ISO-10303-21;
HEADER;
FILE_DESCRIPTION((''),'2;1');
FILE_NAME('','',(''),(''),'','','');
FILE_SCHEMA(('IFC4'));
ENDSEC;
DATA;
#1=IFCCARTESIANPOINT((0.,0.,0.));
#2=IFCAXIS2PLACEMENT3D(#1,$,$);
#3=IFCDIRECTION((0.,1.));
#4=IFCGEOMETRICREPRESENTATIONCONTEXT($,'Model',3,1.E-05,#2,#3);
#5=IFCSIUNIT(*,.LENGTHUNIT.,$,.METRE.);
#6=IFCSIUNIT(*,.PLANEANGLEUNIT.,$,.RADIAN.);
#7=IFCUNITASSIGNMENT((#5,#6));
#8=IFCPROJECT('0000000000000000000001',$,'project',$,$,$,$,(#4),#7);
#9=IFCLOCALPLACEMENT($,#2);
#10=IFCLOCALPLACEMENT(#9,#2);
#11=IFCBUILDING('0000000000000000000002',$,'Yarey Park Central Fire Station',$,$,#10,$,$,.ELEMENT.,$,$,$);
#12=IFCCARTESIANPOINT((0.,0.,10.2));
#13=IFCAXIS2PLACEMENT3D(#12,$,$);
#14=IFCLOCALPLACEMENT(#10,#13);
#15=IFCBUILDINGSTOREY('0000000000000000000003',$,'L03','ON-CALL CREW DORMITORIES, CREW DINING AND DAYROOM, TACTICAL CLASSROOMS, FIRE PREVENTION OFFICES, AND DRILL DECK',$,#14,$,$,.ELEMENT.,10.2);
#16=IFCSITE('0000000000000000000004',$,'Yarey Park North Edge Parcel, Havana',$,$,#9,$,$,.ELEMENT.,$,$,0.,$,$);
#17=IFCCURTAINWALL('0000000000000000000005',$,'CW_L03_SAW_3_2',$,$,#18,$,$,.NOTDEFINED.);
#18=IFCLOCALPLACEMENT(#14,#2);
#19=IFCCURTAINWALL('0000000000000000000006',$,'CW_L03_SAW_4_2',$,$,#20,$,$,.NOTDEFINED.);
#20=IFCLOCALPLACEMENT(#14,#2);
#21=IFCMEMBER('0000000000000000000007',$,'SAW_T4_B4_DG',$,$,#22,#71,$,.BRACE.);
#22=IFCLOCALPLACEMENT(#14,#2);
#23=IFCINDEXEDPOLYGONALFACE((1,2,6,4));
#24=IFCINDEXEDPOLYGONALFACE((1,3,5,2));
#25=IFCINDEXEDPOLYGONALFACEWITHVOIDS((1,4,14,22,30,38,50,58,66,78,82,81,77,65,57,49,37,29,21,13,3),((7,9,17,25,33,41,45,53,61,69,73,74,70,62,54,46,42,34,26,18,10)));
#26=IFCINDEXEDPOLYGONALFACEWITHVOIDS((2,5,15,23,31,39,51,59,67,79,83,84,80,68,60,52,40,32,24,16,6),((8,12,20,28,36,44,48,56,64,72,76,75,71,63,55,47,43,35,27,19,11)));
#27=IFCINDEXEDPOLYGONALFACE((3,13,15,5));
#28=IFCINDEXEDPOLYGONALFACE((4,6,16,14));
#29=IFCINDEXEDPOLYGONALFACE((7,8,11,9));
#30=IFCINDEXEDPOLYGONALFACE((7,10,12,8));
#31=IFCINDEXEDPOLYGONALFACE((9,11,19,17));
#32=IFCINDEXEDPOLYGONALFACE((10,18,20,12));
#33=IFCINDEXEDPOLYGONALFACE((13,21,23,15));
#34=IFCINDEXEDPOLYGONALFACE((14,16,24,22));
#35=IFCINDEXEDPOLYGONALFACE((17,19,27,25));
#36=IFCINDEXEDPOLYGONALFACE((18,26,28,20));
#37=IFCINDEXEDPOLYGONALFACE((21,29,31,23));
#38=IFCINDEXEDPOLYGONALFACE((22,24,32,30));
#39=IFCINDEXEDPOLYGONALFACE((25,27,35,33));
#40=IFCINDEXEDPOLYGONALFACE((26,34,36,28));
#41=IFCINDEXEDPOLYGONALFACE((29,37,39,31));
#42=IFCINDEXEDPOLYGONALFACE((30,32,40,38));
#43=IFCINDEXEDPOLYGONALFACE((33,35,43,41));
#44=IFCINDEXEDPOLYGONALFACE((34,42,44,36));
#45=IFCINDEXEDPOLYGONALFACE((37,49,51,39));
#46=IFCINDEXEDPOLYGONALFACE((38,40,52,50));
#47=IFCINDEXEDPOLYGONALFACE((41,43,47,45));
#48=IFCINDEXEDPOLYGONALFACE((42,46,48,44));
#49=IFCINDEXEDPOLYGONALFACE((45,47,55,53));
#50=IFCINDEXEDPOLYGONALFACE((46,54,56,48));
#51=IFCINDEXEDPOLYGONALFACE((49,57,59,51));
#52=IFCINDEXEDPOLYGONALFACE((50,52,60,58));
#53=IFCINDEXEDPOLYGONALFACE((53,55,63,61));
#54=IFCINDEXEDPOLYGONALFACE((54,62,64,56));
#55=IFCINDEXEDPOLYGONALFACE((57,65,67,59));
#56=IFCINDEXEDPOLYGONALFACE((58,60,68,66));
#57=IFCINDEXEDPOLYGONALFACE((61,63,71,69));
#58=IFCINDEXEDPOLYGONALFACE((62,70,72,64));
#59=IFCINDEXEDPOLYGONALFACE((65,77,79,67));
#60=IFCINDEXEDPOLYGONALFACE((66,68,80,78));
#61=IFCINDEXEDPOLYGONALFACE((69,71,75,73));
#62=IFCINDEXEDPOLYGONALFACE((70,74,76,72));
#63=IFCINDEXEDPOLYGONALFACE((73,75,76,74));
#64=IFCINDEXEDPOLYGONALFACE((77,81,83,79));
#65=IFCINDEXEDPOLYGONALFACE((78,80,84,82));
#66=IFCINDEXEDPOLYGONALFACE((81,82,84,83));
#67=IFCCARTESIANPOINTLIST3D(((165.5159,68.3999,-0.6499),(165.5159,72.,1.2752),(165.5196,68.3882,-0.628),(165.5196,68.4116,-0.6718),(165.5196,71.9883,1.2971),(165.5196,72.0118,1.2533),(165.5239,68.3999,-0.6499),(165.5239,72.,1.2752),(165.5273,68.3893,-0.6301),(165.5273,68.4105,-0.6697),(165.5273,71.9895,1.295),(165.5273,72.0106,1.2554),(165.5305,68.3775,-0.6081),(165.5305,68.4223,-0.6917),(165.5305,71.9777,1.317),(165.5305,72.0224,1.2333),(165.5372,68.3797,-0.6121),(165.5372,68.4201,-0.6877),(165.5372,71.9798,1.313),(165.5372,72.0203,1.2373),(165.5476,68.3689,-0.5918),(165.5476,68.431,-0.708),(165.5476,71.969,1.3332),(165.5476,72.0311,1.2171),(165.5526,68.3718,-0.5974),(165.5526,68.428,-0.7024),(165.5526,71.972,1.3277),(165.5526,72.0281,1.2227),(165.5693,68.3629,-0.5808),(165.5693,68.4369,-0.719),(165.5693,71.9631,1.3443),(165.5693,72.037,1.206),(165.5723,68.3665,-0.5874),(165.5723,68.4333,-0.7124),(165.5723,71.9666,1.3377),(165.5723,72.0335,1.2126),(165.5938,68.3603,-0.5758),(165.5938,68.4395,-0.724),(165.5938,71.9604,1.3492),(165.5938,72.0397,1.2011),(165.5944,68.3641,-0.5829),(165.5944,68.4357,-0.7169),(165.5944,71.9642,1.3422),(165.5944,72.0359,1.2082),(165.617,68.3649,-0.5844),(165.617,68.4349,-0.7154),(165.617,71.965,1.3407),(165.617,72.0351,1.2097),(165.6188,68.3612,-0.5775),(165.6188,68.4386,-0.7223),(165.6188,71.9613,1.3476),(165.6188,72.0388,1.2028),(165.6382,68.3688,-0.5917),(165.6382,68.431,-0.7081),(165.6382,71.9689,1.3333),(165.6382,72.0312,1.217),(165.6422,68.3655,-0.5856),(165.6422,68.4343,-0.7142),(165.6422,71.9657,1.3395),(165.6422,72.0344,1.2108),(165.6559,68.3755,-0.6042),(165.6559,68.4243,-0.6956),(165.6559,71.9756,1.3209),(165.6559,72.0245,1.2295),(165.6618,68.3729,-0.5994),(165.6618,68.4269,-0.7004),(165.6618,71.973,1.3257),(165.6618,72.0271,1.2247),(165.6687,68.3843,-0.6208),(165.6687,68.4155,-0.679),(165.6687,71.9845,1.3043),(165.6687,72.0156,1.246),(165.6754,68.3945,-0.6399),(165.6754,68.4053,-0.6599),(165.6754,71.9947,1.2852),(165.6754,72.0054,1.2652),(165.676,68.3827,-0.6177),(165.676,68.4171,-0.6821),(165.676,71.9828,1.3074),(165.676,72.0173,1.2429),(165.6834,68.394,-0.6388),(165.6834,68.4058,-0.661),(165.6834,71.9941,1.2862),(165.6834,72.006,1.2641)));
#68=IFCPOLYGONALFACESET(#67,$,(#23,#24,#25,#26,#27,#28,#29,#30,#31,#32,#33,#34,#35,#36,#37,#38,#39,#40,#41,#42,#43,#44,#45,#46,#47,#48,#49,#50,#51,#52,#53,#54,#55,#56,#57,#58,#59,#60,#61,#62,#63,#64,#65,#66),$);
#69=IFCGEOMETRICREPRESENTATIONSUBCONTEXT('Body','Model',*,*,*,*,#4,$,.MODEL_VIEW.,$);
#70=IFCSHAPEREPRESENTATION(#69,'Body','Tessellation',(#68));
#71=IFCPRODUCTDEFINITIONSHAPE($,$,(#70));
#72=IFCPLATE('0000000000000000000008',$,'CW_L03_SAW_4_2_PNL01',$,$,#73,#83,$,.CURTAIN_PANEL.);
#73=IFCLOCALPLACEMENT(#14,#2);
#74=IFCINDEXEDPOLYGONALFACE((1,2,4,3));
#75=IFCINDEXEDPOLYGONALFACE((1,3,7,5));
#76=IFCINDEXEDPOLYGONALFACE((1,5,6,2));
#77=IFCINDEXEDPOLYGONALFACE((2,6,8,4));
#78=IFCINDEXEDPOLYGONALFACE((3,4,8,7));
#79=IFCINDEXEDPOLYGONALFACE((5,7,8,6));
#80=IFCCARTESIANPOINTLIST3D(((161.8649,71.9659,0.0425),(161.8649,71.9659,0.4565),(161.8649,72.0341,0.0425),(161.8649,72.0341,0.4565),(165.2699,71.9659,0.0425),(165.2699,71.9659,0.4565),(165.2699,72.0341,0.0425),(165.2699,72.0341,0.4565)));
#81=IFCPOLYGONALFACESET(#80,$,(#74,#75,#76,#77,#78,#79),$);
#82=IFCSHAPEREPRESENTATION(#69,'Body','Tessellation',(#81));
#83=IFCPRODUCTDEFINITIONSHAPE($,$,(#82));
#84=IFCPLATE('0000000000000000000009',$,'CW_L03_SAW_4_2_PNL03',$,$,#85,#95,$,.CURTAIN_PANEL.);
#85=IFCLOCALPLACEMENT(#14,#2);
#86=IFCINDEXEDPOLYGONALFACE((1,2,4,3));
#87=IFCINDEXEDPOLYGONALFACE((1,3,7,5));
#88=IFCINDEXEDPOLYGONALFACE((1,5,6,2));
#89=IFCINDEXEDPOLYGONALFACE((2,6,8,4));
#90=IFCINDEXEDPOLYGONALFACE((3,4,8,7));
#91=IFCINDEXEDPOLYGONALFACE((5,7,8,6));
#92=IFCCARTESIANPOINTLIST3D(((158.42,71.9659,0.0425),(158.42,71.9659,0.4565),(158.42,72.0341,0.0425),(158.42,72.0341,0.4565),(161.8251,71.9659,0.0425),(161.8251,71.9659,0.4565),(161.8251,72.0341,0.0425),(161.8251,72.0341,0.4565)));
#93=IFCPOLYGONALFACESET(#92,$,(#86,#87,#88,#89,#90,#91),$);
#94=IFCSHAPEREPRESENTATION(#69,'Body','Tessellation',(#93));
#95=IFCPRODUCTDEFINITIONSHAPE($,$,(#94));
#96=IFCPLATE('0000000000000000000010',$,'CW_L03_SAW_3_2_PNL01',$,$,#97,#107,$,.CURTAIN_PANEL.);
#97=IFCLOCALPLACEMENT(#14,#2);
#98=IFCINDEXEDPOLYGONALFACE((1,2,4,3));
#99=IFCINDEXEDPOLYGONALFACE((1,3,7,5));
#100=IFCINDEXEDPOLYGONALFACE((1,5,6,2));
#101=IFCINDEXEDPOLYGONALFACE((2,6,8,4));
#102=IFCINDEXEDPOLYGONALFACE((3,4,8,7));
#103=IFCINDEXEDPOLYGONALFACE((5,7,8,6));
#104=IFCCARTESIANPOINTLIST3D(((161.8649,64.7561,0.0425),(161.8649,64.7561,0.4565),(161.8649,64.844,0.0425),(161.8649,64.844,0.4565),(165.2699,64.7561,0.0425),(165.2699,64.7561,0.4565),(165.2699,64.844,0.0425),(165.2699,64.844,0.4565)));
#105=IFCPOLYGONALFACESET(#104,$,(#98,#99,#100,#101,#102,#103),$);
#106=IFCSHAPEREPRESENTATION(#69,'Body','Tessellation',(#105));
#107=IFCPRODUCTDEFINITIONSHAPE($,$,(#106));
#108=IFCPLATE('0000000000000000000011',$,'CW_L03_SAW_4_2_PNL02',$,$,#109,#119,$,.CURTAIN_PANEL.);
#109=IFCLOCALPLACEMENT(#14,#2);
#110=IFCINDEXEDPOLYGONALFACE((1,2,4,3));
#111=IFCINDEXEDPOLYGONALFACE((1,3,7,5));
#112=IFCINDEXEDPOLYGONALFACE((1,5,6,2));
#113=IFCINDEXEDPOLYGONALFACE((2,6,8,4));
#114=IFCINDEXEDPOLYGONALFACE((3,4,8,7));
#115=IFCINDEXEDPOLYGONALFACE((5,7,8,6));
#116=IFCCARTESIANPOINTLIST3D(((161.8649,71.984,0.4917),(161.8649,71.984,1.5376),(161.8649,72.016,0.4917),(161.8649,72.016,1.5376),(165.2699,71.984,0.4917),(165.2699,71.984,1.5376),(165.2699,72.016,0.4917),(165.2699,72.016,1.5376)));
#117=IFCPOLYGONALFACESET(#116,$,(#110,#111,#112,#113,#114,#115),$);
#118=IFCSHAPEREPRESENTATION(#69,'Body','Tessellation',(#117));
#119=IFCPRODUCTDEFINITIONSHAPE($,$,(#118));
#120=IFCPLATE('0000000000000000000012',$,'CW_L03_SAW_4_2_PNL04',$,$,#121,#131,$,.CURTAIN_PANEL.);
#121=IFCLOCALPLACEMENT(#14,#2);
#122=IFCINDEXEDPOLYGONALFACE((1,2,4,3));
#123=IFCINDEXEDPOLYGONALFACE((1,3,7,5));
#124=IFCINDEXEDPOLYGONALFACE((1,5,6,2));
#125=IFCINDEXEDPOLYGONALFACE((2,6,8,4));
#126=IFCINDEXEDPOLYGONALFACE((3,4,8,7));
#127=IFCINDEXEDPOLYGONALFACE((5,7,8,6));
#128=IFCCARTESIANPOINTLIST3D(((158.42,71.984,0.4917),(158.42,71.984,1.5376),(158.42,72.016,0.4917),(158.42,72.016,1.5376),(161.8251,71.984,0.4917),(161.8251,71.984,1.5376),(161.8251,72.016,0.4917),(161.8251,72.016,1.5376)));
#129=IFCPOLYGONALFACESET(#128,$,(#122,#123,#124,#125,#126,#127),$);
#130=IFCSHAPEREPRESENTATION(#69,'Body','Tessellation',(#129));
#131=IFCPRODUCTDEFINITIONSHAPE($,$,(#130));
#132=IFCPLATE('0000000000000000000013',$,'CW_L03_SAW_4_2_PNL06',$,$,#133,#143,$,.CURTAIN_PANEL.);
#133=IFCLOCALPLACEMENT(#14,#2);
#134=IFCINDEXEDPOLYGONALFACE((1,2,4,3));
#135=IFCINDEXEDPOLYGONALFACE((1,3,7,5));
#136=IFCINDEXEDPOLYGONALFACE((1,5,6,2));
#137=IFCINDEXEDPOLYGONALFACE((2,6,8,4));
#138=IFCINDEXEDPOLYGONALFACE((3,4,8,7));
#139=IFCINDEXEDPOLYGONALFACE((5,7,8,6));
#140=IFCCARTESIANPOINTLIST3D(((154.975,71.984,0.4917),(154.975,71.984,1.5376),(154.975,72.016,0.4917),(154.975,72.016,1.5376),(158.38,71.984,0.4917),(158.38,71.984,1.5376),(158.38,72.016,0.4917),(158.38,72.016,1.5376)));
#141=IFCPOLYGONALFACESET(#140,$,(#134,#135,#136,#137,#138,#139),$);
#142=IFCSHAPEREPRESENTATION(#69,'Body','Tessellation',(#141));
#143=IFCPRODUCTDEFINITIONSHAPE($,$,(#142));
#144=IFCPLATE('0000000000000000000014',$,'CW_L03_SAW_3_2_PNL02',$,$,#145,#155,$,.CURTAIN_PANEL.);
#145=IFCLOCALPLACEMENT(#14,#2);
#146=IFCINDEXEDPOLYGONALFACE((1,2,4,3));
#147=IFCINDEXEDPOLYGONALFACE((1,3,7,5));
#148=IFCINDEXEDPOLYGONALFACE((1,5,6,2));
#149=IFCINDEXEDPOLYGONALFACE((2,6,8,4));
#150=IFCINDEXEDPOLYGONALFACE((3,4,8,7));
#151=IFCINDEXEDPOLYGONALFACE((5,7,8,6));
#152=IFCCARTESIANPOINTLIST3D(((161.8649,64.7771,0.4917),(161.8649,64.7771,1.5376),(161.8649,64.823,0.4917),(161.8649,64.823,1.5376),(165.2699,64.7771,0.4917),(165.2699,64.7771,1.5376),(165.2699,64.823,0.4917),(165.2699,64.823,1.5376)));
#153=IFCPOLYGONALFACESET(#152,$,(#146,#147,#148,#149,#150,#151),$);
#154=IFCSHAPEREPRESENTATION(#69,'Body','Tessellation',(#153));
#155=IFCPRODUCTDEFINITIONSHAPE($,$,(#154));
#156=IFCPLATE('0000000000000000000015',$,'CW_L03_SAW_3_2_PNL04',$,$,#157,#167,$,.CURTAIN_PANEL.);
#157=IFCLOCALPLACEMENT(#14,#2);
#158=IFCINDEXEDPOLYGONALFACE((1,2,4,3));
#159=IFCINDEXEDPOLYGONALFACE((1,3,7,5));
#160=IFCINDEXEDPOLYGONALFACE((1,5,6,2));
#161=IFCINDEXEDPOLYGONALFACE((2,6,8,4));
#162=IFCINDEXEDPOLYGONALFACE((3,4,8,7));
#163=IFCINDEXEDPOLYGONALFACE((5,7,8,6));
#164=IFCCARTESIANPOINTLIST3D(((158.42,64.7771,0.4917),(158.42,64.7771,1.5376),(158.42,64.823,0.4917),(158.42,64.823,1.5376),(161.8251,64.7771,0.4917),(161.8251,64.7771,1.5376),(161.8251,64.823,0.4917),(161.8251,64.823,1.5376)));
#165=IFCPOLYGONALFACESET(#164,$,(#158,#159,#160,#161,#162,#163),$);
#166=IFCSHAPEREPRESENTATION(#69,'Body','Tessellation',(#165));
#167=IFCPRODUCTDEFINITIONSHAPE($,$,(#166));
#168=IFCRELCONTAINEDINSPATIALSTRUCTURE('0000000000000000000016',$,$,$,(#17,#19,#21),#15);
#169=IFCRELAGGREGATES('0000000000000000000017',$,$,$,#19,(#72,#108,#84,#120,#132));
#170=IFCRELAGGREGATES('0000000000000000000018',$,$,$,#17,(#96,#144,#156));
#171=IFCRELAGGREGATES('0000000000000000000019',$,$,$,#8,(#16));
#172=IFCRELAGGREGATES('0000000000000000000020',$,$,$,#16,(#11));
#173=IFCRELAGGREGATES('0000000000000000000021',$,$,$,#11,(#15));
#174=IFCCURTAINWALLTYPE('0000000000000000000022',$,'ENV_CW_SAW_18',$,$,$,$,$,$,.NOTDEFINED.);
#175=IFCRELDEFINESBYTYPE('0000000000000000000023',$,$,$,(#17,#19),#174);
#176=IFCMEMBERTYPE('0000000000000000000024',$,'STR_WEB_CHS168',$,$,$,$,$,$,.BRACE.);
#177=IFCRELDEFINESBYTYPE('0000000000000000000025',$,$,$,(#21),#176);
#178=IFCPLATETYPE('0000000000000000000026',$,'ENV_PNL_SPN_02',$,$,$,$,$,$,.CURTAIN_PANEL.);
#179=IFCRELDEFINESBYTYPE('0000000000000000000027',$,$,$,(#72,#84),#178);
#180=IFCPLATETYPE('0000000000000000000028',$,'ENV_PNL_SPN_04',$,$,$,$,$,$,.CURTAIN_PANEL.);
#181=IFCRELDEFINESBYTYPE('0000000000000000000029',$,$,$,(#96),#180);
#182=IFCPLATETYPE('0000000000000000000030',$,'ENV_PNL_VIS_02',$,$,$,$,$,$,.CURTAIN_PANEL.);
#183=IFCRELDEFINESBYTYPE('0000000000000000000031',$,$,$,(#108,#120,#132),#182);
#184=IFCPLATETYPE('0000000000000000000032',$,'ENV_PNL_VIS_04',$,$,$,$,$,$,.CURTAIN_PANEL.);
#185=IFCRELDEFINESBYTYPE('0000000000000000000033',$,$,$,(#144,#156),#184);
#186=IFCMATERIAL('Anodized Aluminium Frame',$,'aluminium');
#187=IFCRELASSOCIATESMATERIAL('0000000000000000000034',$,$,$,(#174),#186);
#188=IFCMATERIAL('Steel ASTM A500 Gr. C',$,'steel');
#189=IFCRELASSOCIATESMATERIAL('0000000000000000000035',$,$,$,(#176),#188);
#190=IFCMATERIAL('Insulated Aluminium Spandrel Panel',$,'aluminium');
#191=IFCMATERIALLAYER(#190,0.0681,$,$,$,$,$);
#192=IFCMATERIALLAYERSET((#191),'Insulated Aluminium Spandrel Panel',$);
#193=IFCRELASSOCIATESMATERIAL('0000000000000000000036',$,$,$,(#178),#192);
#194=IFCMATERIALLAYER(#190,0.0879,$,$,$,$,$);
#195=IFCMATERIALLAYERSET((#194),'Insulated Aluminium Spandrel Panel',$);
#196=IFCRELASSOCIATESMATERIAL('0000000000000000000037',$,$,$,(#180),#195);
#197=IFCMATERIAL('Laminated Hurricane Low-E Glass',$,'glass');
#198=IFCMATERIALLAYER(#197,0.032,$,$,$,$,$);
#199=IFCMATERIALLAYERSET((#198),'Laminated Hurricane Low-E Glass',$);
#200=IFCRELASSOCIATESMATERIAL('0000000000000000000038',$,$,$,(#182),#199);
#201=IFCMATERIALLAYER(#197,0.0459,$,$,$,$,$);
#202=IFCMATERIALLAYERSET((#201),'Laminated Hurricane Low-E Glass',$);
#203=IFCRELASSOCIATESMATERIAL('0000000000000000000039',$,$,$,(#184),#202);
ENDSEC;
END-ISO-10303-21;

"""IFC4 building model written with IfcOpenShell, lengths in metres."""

from ifc_helpers import new_model, si_unit, direction, frame, origin, origin_2d, place, context, subcontext, project, spatial, rectangle, hollow_circle, extrude, material, layer, layer_set, material_profile, profile_set, type_object, element, aggregate, save


model = new_model("IFC4")

# Units and contexts
model_context = context("Model", 3, precision=1e-05, world=origin(), true_north=direction((0.0, 1.0)))
body_context = subcontext(model_context, "Body", "Model", "MODEL_VIEW")
ifc_project = project(units=[si_unit("LENGTHUNIT", "METRE"), si_unit("PLANEANGLEUNIT", "RADIAN")], contexts=[model_context])

# Site, building, storey
site_placement = place(None, origin())
site = spatial("IfcSite", under=ifc_project, at=site_placement, Name="Yarey Park North Edge Parcel, Havana", CompositionType="ELEMENT", RefElevation=0.0)
building_placement = place(site_placement, origin())
building = spatial("IfcBuilding", under=site, at=building_placement, Name="Yarey Park Central Fire Station", CompositionType="ELEMENT")
storey_placement = place(building_placement, frame((0.0, 0.0, 10.2)))
storey = spatial("IfcBuildingStorey", under=building, at=storey_placement, Name="L03", Description="ON-CALL CREW DORMITORIES, CREW DINING AND DAYROOM, TACTICAL CLASSROOMS, FIRE PREVENTION OFFICES, AND DRILL DECK", CompositionType="ELEMENT", Elevation=10.2)

# Curtain walls
ifc_material_1 = material(Name="Anodized Aluminium Frame", Category="aluminium")
curtain_wall_type = type_object("IfcCurtainWallType", Name="ENV_CW_SAW_18", PredefinedType="NOTDEFINED", material=ifc_material_1)
curtain_wall_1_placement = place(storey_placement, origin())
curtain_wall_1 = element("IfcCurtainWall", 1, at=curtain_wall_1_placement, inside=storey, type_object=curtain_wall_type, Name="CW_L03_SAW_3_2", PredefinedType="NOTDEFINED")
curtain_wall_2_placement = place(storey_placement, origin())
curtain_wall_2 = element("IfcCurtainWall", 2, at=curtain_wall_2_placement, inside=storey, type_object=curtain_wall_type, Name="CW_L03_SAW_4_2", PredefinedType="NOTDEFINED")

# Shared definitions
ifc_material_2 = material(Name="Steel ASTM A500 Gr. C", Category="steel")

# Member
ifc_material_profile_1 = material_profile(ifc_material_2, hollow_circle(Radius=0.0842, WallThickness=0.0081, at=origin_2d()), Name="CHS 168.3x8")
ifc_profile_set_1 = profile_set([ifc_material_profile_1], Name="Steel ASTM A500 Gr. C")
member_type_1 = type_object("IfcMemberType", Name="STR_WEB_CHS168", PredefinedType="BRACE", material=ifc_profile_set_1)
member_1_placement = place(storey_placement, frame((165.6001, 68.3999, -0.6499), z_axis=(0.0, 0.881844, 0.471541), x_axis=(-1.0, 0.0, 0.0)))
element("IfcMember", 3, at=member_1_placement, inside=storey, type_object=member_type_1, Name="SAW_T4_B4_DG", PredefinedType="BRACE", context=body_context, shape_type="SweptSolid", body=[
    extrude(hollow_circle(Radius=0.0842, WallThickness=0.0081, at=origin_2d()), origin(), (0.0, 0.0, 1.0), 4.0825),
])

# Plates
ifc_material_3 = material(Name="Insulated Aluminium Spandrel Panel", Category="aluminium")
ifc_layer_1 = layer(ifc_material_3, 0.0681)
ifc_layer_set_1 = layer_set([ifc_layer_1], Name="Insulated Aluminium Spandrel Panel")
plate_type_1 = type_object("IfcPlateType", Name="ENV_PNL_SPN_02", PredefinedType="CURTAIN_PANEL", material=ifc_layer_set_1)
plate_1_placement = place(storey_placement, frame((163.5674, 72.0, 0.0425), z_axis=(0.0, 0.0, 1.0), x_axis=(-1.0, 0.0, 0.0)))
plate_1 = element("IfcPlate", 4, at=plate_1_placement, type_object=plate_type_1, Name="CW_L03_SAW_4_2_PNL01", PredefinedType="CURTAIN_PANEL", context=body_context, shape_type="SweptSolid", body=[
    extrude(rectangle(XDim=3.405, YDim=0.0681, at=origin_2d()), origin(), (0.0, 0.0, 1.0), 0.4141),
])
plate_2_placement = place(storey_placement, frame((160.1226, 72.0, 0.0425), z_axis=(0.0, 0.0, 1.0), x_axis=(-1.0, 0.0, 0.0)))
plate_2 = element("IfcPlate", 5, at=plate_2_placement, type_object=plate_type_1, Name="CW_L03_SAW_4_2_PNL03", PredefinedType="CURTAIN_PANEL", context=body_context, shape_type="SweptSolid", body=[
    extrude(rectangle(XDim=3.405, YDim=0.0681, at=origin_2d()), origin(), (0.0, 0.0, 1.0), 0.4141),
])
ifc_layer_2 = layer(ifc_material_3, 0.0879)
ifc_layer_set_2 = layer_set([ifc_layer_2], Name="Insulated Aluminium Spandrel Panel")
plate_type_2 = type_object("IfcPlateType", Name="ENV_PNL_SPN_04", PredefinedType="CURTAIN_PANEL", material=ifc_layer_set_2)
plate_3_placement = place(storey_placement, frame((163.5674, 64.8, 0.0425), z_axis=(0.0, 0.0, 1.0), x_axis=(-1.0, 0.0, 0.0)))
plate_3 = element("IfcPlate", 6, at=plate_3_placement, type_object=plate_type_2, Name="CW_L03_SAW_3_2_PNL01", PredefinedType="CURTAIN_PANEL", context=body_context, shape_type="SweptSolid", body=[
    extrude(rectangle(XDim=3.405, YDim=0.0879, at=origin_2d()), origin(), (0.0, 0.0, 1.0), 0.4141),
])
ifc_material_4 = material(Name="Laminated Hurricane Low-E Glass", Category="glass")
ifc_layer_3 = layer(ifc_material_4, 0.032)
ifc_layer_set_3 = layer_set([ifc_layer_3], Name="Laminated Hurricane Low-E Glass")
plate_type_3 = type_object("IfcPlateType", Name="ENV_PNL_VIS_02", PredefinedType="CURTAIN_PANEL", material=ifc_layer_set_3)
plate_4_placement = place(storey_placement, frame((163.5674, 72.0, 0.4917), z_axis=(0.0, 0.0, 1.0), x_axis=(-1.0, 0.0, 0.0)))
plate_4 = element("IfcPlate", 7, at=plate_4_placement, type_object=plate_type_3, Name="CW_L03_SAW_4_2_PNL02", PredefinedType="CURTAIN_PANEL", context=body_context, shape_type="SweptSolid", body=[
    extrude(rectangle(XDim=3.405, YDim=0.032, at=origin_2d()), origin(), (0.0, 0.0, 1.0), 1.0459),
])
plate_5_placement = place(storey_placement, frame((160.1226, 72.0, 0.4917), z_axis=(0.0, 0.0, 1.0), x_axis=(-1.0, 0.0, 0.0)))
plate_5 = element("IfcPlate", 8, at=plate_5_placement, type_object=plate_type_3, Name="CW_L03_SAW_4_2_PNL04", PredefinedType="CURTAIN_PANEL", context=body_context, shape_type="SweptSolid", body=[
    extrude(rectangle(XDim=3.405, YDim=0.032, at=origin_2d()), origin(), (0.0, 0.0, 1.0), 1.0459),
])
plate_6_placement = place(storey_placement, frame((156.6775, 72.0, 0.4917), z_axis=(0.0, 0.0, 1.0), x_axis=(-1.0, 0.0, 0.0)))
plate_6 = element("IfcPlate", 9, at=plate_6_placement, type_object=plate_type_3, Name="CW_L03_SAW_4_2_PNL06", PredefinedType="CURTAIN_PANEL", context=body_context, shape_type="SweptSolid", body=[
    extrude(rectangle(XDim=3.405, YDim=0.032, at=origin_2d()), origin(), (0.0, 0.0, 1.0), 1.0459),
])
aggregate(curtain_wall_2, [plate_1, plate_4, plate_2, plate_5, plate_6])
ifc_layer_4 = layer(ifc_material_4, 0.0459)
ifc_layer_set_4 = layer_set([ifc_layer_4], Name="Laminated Hurricane Low-E Glass")
plate_type_4 = type_object("IfcPlateType", Name="ENV_PNL_VIS_04", PredefinedType="CURTAIN_PANEL", material=ifc_layer_set_4)
plate_7_placement = place(storey_placement, frame((163.5674, 64.8, 0.4917), z_axis=(0.0, 0.0, 1.0), x_axis=(-1.0, 0.0, 0.0)))
plate_7 = element("IfcPlate", 10, at=plate_7_placement, type_object=plate_type_4, Name="CW_L03_SAW_3_2_PNL02", PredefinedType="CURTAIN_PANEL", context=body_context, shape_type="SweptSolid", body=[
    extrude(rectangle(XDim=3.405, YDim=0.0459, at=origin_2d()), origin(), (0.0, 0.0, 1.0), 1.0459),
])
plate_8_placement = place(storey_placement, frame((160.1226, 64.8, 0.4917), z_axis=(0.0, 0.0, 1.0), x_axis=(-1.0, 0.0, 0.0)))
plate_8 = element("IfcPlate", 11, at=plate_8_placement, type_object=plate_type_4, Name="CW_L03_SAW_3_2_PNL04", PredefinedType="CURTAIN_PANEL", context=body_context, shape_type="SweptSolid", body=[
    extrude(rectangle(XDim=3.405, YDim=0.0459, at=origin_2d()), origin(), (0.0, 0.0, 1.0), 1.0459),
])
aggregate(curtain_wall_1, [plate_3, plate_7, plate_8])

save(model, "model.ifc")
